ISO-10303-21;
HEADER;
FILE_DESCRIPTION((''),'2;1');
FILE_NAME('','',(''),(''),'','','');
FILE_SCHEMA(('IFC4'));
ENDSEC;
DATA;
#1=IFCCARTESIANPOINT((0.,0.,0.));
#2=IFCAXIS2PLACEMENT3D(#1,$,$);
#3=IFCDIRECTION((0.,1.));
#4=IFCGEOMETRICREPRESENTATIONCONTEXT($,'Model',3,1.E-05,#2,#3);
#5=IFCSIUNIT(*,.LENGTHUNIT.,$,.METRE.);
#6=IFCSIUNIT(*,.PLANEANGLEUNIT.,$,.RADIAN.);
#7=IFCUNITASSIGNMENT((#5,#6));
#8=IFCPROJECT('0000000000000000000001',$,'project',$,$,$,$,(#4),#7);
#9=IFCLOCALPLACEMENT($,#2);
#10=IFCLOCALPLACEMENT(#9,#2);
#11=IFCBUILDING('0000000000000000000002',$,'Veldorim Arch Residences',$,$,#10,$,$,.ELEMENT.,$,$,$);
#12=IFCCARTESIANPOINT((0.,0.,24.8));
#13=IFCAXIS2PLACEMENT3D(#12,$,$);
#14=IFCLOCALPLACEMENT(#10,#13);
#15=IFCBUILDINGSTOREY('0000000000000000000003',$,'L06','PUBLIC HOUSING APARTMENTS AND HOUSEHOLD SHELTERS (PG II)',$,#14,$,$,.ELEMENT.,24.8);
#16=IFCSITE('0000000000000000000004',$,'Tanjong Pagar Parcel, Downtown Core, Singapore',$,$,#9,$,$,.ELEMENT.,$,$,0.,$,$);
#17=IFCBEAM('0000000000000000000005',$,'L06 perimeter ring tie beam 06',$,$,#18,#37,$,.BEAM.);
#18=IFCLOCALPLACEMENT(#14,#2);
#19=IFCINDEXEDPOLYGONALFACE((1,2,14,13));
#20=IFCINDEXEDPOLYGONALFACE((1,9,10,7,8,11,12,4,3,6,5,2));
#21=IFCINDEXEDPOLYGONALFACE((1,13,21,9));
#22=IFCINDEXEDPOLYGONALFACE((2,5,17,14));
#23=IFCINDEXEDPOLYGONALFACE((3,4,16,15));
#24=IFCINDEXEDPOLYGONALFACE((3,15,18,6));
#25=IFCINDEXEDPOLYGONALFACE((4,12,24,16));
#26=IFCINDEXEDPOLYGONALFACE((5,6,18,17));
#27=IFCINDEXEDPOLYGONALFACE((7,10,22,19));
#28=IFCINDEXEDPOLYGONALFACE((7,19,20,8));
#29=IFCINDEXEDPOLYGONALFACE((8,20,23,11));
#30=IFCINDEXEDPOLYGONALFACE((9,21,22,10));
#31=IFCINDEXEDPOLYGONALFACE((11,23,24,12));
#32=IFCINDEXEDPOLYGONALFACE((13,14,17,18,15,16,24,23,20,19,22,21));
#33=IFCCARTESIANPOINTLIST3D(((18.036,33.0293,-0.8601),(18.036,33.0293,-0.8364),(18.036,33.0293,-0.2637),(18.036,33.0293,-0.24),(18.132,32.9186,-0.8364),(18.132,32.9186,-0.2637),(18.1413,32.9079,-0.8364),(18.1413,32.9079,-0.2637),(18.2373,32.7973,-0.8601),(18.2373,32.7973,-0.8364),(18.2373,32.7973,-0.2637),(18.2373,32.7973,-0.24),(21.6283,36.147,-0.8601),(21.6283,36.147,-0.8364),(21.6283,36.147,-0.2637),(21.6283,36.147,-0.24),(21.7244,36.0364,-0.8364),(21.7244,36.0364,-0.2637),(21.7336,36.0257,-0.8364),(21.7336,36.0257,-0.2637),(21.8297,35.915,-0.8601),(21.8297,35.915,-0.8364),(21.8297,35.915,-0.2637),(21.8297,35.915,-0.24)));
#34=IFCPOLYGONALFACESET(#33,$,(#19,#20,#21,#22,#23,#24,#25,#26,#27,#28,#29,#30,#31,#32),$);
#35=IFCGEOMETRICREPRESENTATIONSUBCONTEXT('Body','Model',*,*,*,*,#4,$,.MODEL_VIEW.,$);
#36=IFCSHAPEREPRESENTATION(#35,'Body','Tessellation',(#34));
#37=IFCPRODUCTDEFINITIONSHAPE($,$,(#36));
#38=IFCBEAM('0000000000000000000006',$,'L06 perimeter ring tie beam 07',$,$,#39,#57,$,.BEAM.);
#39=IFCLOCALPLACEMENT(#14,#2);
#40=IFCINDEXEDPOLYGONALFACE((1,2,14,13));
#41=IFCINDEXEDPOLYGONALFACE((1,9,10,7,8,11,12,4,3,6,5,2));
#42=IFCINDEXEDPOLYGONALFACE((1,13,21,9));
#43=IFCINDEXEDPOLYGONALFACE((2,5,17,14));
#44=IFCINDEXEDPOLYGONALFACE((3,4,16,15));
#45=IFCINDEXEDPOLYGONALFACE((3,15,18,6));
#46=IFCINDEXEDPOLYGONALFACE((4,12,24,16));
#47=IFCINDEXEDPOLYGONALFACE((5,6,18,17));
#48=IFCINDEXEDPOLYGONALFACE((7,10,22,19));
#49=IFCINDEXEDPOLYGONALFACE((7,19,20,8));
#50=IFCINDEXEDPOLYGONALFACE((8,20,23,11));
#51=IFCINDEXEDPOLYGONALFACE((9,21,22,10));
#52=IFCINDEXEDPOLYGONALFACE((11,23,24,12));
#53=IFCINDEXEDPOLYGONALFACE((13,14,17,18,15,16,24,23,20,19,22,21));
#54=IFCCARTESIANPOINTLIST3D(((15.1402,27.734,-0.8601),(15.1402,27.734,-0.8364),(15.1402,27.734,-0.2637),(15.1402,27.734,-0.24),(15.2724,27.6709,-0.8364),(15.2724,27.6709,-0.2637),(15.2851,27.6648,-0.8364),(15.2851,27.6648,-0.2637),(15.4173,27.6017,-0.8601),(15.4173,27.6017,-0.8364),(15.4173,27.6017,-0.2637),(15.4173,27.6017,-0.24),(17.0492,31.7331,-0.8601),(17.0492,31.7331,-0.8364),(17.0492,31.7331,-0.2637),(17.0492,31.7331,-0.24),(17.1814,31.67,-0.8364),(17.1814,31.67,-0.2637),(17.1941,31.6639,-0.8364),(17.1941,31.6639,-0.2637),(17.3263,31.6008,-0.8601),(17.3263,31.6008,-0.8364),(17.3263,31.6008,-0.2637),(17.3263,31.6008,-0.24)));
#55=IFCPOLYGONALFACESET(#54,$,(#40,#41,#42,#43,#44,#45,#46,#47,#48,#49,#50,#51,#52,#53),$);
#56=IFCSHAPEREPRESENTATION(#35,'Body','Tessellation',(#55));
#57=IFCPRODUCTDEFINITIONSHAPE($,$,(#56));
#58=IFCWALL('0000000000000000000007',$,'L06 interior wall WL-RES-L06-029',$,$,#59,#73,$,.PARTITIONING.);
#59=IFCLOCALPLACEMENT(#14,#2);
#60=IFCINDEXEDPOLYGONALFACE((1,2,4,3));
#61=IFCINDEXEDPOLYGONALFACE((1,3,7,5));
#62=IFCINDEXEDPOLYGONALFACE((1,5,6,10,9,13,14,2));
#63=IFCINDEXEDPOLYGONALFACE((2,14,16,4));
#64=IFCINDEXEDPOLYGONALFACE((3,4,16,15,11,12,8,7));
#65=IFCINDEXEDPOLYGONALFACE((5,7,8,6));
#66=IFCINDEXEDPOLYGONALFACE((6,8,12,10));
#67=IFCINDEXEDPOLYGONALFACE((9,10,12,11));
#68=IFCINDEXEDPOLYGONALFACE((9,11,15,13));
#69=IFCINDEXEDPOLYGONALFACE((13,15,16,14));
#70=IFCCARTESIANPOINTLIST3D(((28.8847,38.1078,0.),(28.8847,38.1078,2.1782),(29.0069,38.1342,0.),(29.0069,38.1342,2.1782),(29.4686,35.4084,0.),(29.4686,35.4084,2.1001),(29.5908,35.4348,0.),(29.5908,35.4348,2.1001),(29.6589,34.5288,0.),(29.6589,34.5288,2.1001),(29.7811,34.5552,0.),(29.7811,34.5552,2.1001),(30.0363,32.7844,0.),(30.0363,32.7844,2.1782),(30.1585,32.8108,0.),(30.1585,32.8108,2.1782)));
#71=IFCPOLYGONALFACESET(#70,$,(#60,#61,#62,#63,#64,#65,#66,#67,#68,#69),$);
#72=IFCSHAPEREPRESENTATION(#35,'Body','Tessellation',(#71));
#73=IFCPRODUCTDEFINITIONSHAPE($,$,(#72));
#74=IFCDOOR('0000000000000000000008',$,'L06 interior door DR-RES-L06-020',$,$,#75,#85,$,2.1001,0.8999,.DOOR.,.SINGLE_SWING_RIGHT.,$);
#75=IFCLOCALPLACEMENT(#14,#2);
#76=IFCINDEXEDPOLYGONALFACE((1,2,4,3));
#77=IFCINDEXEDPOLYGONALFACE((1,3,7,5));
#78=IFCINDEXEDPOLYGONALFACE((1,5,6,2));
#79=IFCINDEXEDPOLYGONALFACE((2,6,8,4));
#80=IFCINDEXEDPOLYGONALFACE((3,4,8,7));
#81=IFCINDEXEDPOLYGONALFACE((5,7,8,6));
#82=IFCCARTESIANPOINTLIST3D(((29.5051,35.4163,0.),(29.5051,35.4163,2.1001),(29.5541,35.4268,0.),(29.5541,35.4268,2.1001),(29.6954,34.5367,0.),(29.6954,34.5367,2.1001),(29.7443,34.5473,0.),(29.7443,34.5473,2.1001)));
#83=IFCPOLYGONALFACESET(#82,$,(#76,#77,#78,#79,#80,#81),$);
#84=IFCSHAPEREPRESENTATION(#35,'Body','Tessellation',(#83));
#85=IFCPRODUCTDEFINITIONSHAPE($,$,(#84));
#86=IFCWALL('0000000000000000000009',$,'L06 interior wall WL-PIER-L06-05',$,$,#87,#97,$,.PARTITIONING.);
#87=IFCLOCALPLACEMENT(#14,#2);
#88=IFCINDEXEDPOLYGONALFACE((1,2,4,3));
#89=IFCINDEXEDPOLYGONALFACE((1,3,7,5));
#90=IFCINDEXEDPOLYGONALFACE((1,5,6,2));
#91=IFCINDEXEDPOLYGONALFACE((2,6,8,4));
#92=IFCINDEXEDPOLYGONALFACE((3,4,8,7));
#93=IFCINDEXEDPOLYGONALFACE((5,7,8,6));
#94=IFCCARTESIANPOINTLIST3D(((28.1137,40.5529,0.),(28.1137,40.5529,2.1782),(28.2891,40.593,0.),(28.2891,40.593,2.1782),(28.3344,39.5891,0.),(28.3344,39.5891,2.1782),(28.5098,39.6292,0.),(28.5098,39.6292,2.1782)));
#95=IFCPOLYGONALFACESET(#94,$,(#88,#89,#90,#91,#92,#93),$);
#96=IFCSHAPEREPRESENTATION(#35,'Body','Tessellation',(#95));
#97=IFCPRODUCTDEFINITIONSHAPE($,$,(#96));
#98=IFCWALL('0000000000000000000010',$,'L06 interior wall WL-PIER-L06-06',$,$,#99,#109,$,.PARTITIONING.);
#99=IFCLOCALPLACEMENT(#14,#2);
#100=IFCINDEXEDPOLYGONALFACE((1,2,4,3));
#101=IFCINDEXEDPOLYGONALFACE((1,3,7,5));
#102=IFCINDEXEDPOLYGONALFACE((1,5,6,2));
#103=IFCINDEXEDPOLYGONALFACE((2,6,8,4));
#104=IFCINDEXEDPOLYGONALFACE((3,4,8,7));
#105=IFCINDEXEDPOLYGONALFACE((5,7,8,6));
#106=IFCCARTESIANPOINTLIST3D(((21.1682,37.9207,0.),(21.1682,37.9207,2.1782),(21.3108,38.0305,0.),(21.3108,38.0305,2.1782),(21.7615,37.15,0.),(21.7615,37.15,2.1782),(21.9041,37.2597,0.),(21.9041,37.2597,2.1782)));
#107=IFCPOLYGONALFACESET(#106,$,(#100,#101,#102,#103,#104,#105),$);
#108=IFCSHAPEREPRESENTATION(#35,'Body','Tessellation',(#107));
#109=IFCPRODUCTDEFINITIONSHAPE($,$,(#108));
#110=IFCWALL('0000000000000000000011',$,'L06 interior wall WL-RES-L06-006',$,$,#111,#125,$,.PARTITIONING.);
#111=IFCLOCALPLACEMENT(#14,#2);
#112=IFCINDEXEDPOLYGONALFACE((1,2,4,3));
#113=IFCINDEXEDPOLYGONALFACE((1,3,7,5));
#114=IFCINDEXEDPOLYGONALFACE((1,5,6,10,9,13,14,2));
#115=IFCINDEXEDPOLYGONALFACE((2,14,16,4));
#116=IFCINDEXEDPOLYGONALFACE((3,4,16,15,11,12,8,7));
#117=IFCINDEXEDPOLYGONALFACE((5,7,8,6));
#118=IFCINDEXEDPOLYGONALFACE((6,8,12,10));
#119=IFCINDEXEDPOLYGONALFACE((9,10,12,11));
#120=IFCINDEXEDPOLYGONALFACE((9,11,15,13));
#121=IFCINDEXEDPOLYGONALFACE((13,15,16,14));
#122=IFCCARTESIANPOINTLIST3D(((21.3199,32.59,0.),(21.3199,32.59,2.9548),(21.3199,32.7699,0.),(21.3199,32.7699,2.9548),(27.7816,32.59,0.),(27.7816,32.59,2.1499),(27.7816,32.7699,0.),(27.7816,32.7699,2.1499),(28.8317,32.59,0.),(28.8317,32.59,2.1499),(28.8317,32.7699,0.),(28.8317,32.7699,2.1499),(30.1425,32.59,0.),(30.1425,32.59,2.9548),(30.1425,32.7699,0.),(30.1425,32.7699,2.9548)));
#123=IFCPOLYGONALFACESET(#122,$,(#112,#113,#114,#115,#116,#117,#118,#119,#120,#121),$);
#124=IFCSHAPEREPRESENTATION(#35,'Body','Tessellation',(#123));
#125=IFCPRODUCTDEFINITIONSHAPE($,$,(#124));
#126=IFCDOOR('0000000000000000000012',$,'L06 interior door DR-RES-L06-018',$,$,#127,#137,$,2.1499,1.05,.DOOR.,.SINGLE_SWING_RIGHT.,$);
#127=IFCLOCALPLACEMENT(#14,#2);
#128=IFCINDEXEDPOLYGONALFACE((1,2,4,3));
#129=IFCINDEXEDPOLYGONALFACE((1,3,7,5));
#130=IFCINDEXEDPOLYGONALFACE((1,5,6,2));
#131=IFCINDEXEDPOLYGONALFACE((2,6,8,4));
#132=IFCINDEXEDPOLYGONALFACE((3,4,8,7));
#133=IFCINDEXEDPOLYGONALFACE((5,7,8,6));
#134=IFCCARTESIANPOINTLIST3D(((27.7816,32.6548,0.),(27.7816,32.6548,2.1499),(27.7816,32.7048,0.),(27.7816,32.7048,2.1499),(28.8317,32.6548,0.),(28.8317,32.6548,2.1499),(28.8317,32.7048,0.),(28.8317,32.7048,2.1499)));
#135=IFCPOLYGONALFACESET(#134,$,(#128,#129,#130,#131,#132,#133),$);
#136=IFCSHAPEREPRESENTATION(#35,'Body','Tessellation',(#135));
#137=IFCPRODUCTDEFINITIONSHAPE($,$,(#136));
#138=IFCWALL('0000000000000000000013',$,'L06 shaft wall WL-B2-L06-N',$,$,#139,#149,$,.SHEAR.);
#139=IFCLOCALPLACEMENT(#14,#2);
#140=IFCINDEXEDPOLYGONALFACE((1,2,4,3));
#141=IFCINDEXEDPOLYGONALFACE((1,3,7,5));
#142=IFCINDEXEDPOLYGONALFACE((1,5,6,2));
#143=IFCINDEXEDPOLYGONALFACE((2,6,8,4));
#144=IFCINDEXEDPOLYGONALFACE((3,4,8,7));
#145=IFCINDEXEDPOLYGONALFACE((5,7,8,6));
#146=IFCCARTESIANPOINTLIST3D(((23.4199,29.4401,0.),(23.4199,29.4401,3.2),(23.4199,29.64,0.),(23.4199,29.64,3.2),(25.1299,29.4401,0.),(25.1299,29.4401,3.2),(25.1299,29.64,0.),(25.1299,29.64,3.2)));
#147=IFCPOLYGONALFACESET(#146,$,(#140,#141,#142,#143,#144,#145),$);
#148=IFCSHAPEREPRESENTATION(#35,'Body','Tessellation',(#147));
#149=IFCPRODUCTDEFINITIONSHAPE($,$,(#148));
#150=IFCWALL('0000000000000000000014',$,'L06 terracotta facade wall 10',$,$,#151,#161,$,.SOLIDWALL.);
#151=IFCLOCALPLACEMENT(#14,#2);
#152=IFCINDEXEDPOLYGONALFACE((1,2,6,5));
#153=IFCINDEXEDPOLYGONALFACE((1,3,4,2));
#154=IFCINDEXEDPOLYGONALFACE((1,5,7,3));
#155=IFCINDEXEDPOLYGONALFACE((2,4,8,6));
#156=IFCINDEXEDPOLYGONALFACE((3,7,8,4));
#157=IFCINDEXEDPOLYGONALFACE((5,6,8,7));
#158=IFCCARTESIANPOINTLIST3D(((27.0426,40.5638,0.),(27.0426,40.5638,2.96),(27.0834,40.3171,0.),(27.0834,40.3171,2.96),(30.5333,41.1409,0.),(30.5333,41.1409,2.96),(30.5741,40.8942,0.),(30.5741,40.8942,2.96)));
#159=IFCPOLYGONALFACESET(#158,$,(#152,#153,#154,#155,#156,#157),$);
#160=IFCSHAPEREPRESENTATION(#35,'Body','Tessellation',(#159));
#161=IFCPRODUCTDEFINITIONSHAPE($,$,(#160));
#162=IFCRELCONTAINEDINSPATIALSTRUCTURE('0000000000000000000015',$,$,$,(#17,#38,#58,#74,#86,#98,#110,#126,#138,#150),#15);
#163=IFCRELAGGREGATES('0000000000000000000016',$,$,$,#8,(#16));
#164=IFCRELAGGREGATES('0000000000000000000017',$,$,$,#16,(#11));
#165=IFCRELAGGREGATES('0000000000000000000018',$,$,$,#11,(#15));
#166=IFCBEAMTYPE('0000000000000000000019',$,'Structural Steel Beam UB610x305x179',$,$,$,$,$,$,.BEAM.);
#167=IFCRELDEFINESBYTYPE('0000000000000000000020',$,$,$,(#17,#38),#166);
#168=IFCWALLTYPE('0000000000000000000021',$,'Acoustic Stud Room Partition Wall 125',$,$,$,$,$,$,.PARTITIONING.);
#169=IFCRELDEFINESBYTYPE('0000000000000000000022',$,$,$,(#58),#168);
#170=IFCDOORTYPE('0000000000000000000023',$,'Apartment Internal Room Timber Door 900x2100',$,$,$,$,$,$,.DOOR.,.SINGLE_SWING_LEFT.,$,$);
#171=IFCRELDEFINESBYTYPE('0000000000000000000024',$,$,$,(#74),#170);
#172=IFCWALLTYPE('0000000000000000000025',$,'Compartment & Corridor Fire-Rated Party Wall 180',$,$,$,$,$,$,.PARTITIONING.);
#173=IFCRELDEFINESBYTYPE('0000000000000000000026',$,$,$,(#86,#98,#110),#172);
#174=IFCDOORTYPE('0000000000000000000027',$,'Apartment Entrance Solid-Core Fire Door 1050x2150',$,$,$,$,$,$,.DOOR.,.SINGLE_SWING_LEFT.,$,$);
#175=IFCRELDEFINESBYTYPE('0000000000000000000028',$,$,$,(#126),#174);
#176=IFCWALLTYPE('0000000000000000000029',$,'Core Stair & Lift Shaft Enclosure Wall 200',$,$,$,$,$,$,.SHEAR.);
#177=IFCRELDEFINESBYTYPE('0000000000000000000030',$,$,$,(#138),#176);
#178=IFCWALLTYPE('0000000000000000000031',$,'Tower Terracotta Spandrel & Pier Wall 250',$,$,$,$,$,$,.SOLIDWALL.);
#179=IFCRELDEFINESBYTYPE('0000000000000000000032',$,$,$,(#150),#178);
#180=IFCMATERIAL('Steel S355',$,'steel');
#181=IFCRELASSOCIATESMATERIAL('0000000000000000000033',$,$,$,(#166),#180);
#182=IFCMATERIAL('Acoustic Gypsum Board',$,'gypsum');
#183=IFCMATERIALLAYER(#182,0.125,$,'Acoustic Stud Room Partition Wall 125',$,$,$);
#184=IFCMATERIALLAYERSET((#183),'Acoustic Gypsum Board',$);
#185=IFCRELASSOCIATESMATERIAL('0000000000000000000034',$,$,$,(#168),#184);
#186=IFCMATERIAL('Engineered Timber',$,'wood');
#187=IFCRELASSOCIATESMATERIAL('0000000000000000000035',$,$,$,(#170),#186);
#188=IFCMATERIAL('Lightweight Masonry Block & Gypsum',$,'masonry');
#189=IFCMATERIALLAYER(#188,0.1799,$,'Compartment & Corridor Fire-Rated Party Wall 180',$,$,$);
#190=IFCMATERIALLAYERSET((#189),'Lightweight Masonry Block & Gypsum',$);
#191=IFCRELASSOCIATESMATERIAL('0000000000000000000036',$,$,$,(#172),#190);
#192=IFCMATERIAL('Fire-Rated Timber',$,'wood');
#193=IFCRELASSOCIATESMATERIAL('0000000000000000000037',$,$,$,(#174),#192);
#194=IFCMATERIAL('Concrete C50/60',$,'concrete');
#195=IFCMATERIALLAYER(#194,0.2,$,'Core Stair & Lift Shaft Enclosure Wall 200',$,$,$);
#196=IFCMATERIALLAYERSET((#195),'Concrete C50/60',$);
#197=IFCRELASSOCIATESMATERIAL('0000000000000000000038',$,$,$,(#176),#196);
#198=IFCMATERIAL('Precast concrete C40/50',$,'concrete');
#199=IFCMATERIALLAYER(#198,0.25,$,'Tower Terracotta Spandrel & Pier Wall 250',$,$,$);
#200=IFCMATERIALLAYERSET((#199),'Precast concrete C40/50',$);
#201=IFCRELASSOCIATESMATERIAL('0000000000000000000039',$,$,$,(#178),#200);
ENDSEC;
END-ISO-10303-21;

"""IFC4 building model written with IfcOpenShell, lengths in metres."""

from ifc_helpers import new_model, si_unit, direction, frame, frame_2d, origin, origin_2d, place, context, subcontext, project, spatial, rectangle, i_section, extrude, material, layer, layer_set, material_profile, profile_set, type_object, element, fill, save


model = new_model("IFC4")

# Units and contexts
model_context = context("Model", 3, precision=1e-05, world=origin(), true_north=direction((0.0, 1.0)))
body_context = subcontext(model_context, "Body", "Model", "MODEL_VIEW")
ifc_project = project(units=[si_unit("LENGTHUNIT", "METRE"), si_unit("PLANEANGLEUNIT", "RADIAN")], contexts=[model_context])

# Site, building, storey
site_placement = place(None, origin())
site = spatial("IfcSite", under=ifc_project, at=site_placement, Name="Tanjong Pagar Parcel, Downtown Core, Singapore", CompositionType="ELEMENT", RefElevation=0.0)
building_placement = place(site_placement, origin())
building = spatial("IfcBuilding", under=site, at=building_placement, Name="Veldorim Arch Residences", CompositionType="ELEMENT")
storey_placement = place(building_placement, frame((0.0, 0.0, 24.8)))
storey = spatial("IfcBuildingStorey", under=building, at=storey_placement, Name="L06", Description="PUBLIC HOUSING APARTMENTS AND HOUSEHOLD SHELTERS (PG II)", CompositionType="ELEMENT", Elevation=24.8)

# Beams
ifc_material_1 = material(Name="Steel S355", Category="steel")
ifc_material_profile_1 = material_profile(ifc_material_1, i_section(OverallWidth=0.3071, OverallDepth=0.6201, WebThickness=0.0142, FlangeThickness=0.0237, at=origin_2d()), Name="UB610x305x179")
ifc_profile_set_1 = profile_set([ifc_material_profile_1], Name="Steel S355")
beam_type = type_object("IfcBeamType", Name="Structural Steel Beam UB610x305x179", PredefinedType="BEAM", material=ifc_profile_set_1)
beam_1_placement = place(storey_placement, frame((21.729, 36.031, -0.55), z_axis=(-0.755235, -0.655454, 0.0), x_axis=(0.655454, -0.755235, 0.0)))
element("IfcBeam", 1, at=beam_1_placement, inside=storey, type_object=beam_type, Name="L06 perimeter ring tie beam 06", PredefinedType="BEAM", context=body_context, shape_type="SweptSolid", body=[
    extrude(i_section(OverallWidth=0.3071, OverallDepth=0.6201, WebThickness=0.0142, FlangeThickness=0.0237, at=origin_2d()), origin(), (0.0, 0.0, 1.0), 4.7566),
])
beam_2_placement = place(storey_placement, frame((17.1877, 31.667, -0.55), z_axis=(-0.430787, -0.902454, 0.0), x_axis=(0.902454, -0.430787, 0.0)))
element("IfcBeam", 2, at=beam_2_placement, inside=storey, type_object=beam_type, Name="L06 perimeter ring tie beam 07", PredefinedType="BEAM", context=body_context, shape_type="SweptSolid", body=[
    extrude(i_section(OverallWidth=0.3071, OverallDepth=0.6201, WebThickness=0.0142, FlangeThickness=0.0237, at=origin_2d()), origin(), (0.0, 0.0, 1.0), 4.4314),
])

# Wall, opening, door
ifc_material_2 = material(Name="Acoustic Gypsum Board", Category="gypsum")
ifc_layer_1 = layer(ifc_material_2, 0.125, Name="Acoustic Stud Room Partition Wall 125")
ifc_layer_set_1 = layer_set([ifc_layer_1], Name="Acoustic Gypsum Board")
wall_type_1 = type_object("IfcWallType", Name="Acoustic Stud Room Partition Wall 125", PredefinedType="PARTITIONING", material=ifc_layer_set_1)
wall_1_placement = place(storey_placement, frame((28.9458, 38.1208, 0.0), z_axis=(0.0, 0.0, 1.0), x_axis=(0.211436, -0.977392, 0.0)))
wall_1 = element("IfcWall", 3, at=wall_1_placement, inside=storey, type_object=wall_type_1, Name="L06 interior wall WL-RES-L06-029", PredefinedType="PARTITIONING", context=body_context, shape_type="SweptSolid", body=[
    extrude(rectangle(XDim=5.4465, YDim=0.125, at=frame_2d((2.7231, 0.0))), origin(), (0.0, 0.0, 1.0), 2.1782),
])
opening_1_placement = place(wall_1_placement, frame((2.7617, 0.0, 0.0)))
opening_1 = element("IfcOpeningElement", 4, at=opening_1_placement, cuts=wall_1, PredefinedType="OPENING", context=body_context, shape_type="SweptSolid", body=[
    extrude(rectangle(XDim=0.8999, YDim=2.1001, at=frame_2d((0.45, 1.05))), frame((0.0, 0.0725, 0.0), z_axis=(0.0, -1.0, 0.0), x_axis=(1.0, 0.0, 0.0)), (0.0, 0.0, 1.0), 0.145),
])
ifc_material_3 = material(Name="Engineered Timber", Category="wood")
door_type_1 = type_object("IfcDoorType", Name="Apartment Internal Room Timber Door 900x2100", OperationType="SINGLE_SWING_LEFT", PredefinedType="DOOR", material=ifc_material_3)
door_1_placement = place(opening_1_placement, origin())
door_1 = element("IfcDoor", 5, at=door_1_placement, inside=storey, type_object=door_type_1, Name="L06 interior door DR-RES-L06-020", OperationType="SINGLE_SWING_RIGHT", OverallHeight=2.1001, OverallWidth=0.8999, PredefinedType="DOOR", context=body_context, shape_type="SweptSolid", body=[
    extrude(rectangle(XDim=0.8999, YDim=2.1001, at=frame_2d((0.45, 1.05))), frame((0.0, 0.0249, 0.0), z_axis=(0.0, -1.0, 0.0), x_axis=(1.0, 0.0, 0.0)), (0.0, 0.0, 1.0), 0.05),
])
fill(opening_1, door_1)

# Walls
ifc_material_4 = material(Name="Lightweight Masonry Block & Gypsum", Category="masonry")
ifc_layer_2 = layer(ifc_material_4, 0.1799, Name="Compartment & Corridor Fire-Rated Party Wall 180")
ifc_layer_set_2 = layer_set([ifc_layer_2], Name="Lightweight Masonry Block & Gypsum")
wall_type_2 = type_object("IfcWallType", Name="Compartment & Corridor Fire-Rated Party Wall 180", PredefinedType="PARTITIONING", material=ifc_layer_set_2)
wall_2_placement = place(storey_placement, frame((28.4221, 39.6091, 0.0), z_axis=(0.0, 0.0, 1.0), x_axis=(-0.2232, 0.974773, 0.0)))
element("IfcWall", 6, at=wall_2_placement, inside=storey, type_object=wall_type_2, Name="L06 interior wall WL-PIER-L06-05", PredefinedType="PARTITIONING", context=body_context, shape_type="SweptSolid", body=[
    extrude(rectangle(XDim=0.9888, YDim=0.1799, at=frame_2d((0.4944, 0.0))), origin(), (0.0, 0.0, 1.0), 2.1782),
])
wall_3_placement = place(storey_placement, frame((21.8328, 37.2048, 0.0), z_axis=(0.0, 0.0, 1.0), x_axis=(-0.609953, 0.792437, 0.0)))
element("IfcWall", 7, at=wall_3_placement, inside=storey, type_object=wall_type_2, Name="L06 interior wall WL-PIER-L06-06", PredefinedType="PARTITIONING", context=body_context, shape_type="SweptSolid", body=[
    extrude(rectangle(XDim=0.9727, YDim=0.1799, at=frame_2d((0.4863, 0.0))), origin(), (0.0, 0.0, 1.0), 2.1782),
])

# Wall, opening, door
wall_4_placement = place(storey_placement, frame((21.3201, 32.6799, 0.0), z_axis=(0.0, 0.0, 1.0), x_axis=(1.0, 0.0, 0.0)))
wall_4 = element("IfcWall", 8, at=wall_4_placement, inside=storey, type_object=wall_type_2, Name="L06 interior wall WL-RES-L06-006", PredefinedType="PARTITIONING", context=body_context, shape_type="SweptSolid", body=[
    extrude(rectangle(XDim=8.8225, YDim=0.1799, at=frame_2d((4.4111, 0.0))), origin(), (0.0, 0.0, 1.0), 2.9548),
])
opening_2_placement = place(wall_4_placement, frame((6.4617, 0.0, 0.0)))
opening_2 = element("IfcOpeningElement", 9, at=opening_2_placement, cuts=wall_4, PredefinedType="OPENING", context=body_context, shape_type="SweptSolid", body=[
    extrude(rectangle(XDim=1.05, YDim=2.1499, at=frame_2d((0.5249, 1.075))), frame((0.0, 0.0999, 0.0), z_axis=(0.0, -1.0, 0.0), x_axis=(1.0, 0.0, 0.0)), (0.0, 0.0, 1.0), 0.2),
])
ifc_material_5 = material(Name="Fire-Rated Timber", Category="wood")
door_type_2 = type_object("IfcDoorType", Name="Apartment Entrance Solid-Core Fire Door 1050x2150", OperationType="SINGLE_SWING_LEFT", PredefinedType="DOOR", material=ifc_material_5)
door_2_placement = place(opening_2_placement, origin())
door_2 = element("IfcDoor", 10, at=door_2_placement, inside=storey, type_object=door_type_2, Name="L06 interior door DR-RES-L06-018", OperationType="SINGLE_SWING_RIGHT", OverallHeight=2.1499, OverallWidth=1.05, PredefinedType="DOOR", context=body_context, shape_type="SweptSolid", body=[
    extrude(rectangle(XDim=1.05, YDim=2.1499, at=frame_2d((0.5249, 1.075))), frame((0.0, 0.0249, 0.0), z_axis=(0.0, -1.0, 0.0), x_axis=(1.0, 0.0, 0.0)), (0.0, 0.0, 1.0), 0.05),
])
fill(opening_2, door_2)

# Wall
ifc_material_6 = material(Name="Concrete C50/60", Category="concrete")
ifc_layer_3 = layer(ifc_material_6, 0.2, Name="Core Stair & Lift Shaft Enclosure Wall 200")
ifc_layer_set_3 = layer_set([ifc_layer_3], Name="Concrete C50/60")
wall_type_3 = type_object("IfcWallType", Name="Core Stair & Lift Shaft Enclosure Wall 200", PredefinedType="SHEAR", material=ifc_layer_set_3)
wall_5_placement = place(storey_placement, frame((23.4199, 29.54, 0.0), z_axis=(0.0, 0.0, 1.0), x_axis=(1.0, 0.0, 0.0)))
element("IfcWall", 11, at=wall_5_placement, inside=storey, type_object=wall_type_3, Name="L06 shaft wall WL-B2-L06-N", PredefinedType="SHEAR", context=body_context, shape_type="SweptSolid", body=[
    extrude(rectangle(XDim=1.71, YDim=0.2, at=frame_2d((0.855, 0.0))), origin(), (0.0, 0.0, 1.0), 3.2),
])

# Wall
ifc_material_7 = material(Name="Precast concrete C40/50", Category="concrete")
ifc_layer_4 = layer(ifc_material_7, 0.25, Name="Tower Terracotta Spandrel & Pier Wall 250")
ifc_layer_set_4 = layer_set([ifc_layer_4], Name="Precast concrete C40/50")
wall_type_4 = type_object("IfcWallType", Name="Tower Terracotta Spandrel & Pier Wall 250", PredefinedType="SOLIDWALL", material=ifc_layer_set_4)
wall_6_placement = place(storey_placement, frame((27.063, 40.4404, 0.0), z_axis=(0.0, 0.0, 1.0), x_axis=(0.986606, 0.163123, 0.0)))
element("IfcWall", 12, at=wall_6_placement, inside=storey, type_object=wall_type_4, Name="L06 terracotta facade wall 10", PredefinedType="SOLIDWALL", context=body_context, shape_type="SweptSolid", body=[
    extrude(rectangle(XDim=3.5381, YDim=0.25, at=frame_2d((1.769, 0.0))), origin(), (0.0, 0.0, 1.0), 2.96),
])

save(model, "model.ifc")
